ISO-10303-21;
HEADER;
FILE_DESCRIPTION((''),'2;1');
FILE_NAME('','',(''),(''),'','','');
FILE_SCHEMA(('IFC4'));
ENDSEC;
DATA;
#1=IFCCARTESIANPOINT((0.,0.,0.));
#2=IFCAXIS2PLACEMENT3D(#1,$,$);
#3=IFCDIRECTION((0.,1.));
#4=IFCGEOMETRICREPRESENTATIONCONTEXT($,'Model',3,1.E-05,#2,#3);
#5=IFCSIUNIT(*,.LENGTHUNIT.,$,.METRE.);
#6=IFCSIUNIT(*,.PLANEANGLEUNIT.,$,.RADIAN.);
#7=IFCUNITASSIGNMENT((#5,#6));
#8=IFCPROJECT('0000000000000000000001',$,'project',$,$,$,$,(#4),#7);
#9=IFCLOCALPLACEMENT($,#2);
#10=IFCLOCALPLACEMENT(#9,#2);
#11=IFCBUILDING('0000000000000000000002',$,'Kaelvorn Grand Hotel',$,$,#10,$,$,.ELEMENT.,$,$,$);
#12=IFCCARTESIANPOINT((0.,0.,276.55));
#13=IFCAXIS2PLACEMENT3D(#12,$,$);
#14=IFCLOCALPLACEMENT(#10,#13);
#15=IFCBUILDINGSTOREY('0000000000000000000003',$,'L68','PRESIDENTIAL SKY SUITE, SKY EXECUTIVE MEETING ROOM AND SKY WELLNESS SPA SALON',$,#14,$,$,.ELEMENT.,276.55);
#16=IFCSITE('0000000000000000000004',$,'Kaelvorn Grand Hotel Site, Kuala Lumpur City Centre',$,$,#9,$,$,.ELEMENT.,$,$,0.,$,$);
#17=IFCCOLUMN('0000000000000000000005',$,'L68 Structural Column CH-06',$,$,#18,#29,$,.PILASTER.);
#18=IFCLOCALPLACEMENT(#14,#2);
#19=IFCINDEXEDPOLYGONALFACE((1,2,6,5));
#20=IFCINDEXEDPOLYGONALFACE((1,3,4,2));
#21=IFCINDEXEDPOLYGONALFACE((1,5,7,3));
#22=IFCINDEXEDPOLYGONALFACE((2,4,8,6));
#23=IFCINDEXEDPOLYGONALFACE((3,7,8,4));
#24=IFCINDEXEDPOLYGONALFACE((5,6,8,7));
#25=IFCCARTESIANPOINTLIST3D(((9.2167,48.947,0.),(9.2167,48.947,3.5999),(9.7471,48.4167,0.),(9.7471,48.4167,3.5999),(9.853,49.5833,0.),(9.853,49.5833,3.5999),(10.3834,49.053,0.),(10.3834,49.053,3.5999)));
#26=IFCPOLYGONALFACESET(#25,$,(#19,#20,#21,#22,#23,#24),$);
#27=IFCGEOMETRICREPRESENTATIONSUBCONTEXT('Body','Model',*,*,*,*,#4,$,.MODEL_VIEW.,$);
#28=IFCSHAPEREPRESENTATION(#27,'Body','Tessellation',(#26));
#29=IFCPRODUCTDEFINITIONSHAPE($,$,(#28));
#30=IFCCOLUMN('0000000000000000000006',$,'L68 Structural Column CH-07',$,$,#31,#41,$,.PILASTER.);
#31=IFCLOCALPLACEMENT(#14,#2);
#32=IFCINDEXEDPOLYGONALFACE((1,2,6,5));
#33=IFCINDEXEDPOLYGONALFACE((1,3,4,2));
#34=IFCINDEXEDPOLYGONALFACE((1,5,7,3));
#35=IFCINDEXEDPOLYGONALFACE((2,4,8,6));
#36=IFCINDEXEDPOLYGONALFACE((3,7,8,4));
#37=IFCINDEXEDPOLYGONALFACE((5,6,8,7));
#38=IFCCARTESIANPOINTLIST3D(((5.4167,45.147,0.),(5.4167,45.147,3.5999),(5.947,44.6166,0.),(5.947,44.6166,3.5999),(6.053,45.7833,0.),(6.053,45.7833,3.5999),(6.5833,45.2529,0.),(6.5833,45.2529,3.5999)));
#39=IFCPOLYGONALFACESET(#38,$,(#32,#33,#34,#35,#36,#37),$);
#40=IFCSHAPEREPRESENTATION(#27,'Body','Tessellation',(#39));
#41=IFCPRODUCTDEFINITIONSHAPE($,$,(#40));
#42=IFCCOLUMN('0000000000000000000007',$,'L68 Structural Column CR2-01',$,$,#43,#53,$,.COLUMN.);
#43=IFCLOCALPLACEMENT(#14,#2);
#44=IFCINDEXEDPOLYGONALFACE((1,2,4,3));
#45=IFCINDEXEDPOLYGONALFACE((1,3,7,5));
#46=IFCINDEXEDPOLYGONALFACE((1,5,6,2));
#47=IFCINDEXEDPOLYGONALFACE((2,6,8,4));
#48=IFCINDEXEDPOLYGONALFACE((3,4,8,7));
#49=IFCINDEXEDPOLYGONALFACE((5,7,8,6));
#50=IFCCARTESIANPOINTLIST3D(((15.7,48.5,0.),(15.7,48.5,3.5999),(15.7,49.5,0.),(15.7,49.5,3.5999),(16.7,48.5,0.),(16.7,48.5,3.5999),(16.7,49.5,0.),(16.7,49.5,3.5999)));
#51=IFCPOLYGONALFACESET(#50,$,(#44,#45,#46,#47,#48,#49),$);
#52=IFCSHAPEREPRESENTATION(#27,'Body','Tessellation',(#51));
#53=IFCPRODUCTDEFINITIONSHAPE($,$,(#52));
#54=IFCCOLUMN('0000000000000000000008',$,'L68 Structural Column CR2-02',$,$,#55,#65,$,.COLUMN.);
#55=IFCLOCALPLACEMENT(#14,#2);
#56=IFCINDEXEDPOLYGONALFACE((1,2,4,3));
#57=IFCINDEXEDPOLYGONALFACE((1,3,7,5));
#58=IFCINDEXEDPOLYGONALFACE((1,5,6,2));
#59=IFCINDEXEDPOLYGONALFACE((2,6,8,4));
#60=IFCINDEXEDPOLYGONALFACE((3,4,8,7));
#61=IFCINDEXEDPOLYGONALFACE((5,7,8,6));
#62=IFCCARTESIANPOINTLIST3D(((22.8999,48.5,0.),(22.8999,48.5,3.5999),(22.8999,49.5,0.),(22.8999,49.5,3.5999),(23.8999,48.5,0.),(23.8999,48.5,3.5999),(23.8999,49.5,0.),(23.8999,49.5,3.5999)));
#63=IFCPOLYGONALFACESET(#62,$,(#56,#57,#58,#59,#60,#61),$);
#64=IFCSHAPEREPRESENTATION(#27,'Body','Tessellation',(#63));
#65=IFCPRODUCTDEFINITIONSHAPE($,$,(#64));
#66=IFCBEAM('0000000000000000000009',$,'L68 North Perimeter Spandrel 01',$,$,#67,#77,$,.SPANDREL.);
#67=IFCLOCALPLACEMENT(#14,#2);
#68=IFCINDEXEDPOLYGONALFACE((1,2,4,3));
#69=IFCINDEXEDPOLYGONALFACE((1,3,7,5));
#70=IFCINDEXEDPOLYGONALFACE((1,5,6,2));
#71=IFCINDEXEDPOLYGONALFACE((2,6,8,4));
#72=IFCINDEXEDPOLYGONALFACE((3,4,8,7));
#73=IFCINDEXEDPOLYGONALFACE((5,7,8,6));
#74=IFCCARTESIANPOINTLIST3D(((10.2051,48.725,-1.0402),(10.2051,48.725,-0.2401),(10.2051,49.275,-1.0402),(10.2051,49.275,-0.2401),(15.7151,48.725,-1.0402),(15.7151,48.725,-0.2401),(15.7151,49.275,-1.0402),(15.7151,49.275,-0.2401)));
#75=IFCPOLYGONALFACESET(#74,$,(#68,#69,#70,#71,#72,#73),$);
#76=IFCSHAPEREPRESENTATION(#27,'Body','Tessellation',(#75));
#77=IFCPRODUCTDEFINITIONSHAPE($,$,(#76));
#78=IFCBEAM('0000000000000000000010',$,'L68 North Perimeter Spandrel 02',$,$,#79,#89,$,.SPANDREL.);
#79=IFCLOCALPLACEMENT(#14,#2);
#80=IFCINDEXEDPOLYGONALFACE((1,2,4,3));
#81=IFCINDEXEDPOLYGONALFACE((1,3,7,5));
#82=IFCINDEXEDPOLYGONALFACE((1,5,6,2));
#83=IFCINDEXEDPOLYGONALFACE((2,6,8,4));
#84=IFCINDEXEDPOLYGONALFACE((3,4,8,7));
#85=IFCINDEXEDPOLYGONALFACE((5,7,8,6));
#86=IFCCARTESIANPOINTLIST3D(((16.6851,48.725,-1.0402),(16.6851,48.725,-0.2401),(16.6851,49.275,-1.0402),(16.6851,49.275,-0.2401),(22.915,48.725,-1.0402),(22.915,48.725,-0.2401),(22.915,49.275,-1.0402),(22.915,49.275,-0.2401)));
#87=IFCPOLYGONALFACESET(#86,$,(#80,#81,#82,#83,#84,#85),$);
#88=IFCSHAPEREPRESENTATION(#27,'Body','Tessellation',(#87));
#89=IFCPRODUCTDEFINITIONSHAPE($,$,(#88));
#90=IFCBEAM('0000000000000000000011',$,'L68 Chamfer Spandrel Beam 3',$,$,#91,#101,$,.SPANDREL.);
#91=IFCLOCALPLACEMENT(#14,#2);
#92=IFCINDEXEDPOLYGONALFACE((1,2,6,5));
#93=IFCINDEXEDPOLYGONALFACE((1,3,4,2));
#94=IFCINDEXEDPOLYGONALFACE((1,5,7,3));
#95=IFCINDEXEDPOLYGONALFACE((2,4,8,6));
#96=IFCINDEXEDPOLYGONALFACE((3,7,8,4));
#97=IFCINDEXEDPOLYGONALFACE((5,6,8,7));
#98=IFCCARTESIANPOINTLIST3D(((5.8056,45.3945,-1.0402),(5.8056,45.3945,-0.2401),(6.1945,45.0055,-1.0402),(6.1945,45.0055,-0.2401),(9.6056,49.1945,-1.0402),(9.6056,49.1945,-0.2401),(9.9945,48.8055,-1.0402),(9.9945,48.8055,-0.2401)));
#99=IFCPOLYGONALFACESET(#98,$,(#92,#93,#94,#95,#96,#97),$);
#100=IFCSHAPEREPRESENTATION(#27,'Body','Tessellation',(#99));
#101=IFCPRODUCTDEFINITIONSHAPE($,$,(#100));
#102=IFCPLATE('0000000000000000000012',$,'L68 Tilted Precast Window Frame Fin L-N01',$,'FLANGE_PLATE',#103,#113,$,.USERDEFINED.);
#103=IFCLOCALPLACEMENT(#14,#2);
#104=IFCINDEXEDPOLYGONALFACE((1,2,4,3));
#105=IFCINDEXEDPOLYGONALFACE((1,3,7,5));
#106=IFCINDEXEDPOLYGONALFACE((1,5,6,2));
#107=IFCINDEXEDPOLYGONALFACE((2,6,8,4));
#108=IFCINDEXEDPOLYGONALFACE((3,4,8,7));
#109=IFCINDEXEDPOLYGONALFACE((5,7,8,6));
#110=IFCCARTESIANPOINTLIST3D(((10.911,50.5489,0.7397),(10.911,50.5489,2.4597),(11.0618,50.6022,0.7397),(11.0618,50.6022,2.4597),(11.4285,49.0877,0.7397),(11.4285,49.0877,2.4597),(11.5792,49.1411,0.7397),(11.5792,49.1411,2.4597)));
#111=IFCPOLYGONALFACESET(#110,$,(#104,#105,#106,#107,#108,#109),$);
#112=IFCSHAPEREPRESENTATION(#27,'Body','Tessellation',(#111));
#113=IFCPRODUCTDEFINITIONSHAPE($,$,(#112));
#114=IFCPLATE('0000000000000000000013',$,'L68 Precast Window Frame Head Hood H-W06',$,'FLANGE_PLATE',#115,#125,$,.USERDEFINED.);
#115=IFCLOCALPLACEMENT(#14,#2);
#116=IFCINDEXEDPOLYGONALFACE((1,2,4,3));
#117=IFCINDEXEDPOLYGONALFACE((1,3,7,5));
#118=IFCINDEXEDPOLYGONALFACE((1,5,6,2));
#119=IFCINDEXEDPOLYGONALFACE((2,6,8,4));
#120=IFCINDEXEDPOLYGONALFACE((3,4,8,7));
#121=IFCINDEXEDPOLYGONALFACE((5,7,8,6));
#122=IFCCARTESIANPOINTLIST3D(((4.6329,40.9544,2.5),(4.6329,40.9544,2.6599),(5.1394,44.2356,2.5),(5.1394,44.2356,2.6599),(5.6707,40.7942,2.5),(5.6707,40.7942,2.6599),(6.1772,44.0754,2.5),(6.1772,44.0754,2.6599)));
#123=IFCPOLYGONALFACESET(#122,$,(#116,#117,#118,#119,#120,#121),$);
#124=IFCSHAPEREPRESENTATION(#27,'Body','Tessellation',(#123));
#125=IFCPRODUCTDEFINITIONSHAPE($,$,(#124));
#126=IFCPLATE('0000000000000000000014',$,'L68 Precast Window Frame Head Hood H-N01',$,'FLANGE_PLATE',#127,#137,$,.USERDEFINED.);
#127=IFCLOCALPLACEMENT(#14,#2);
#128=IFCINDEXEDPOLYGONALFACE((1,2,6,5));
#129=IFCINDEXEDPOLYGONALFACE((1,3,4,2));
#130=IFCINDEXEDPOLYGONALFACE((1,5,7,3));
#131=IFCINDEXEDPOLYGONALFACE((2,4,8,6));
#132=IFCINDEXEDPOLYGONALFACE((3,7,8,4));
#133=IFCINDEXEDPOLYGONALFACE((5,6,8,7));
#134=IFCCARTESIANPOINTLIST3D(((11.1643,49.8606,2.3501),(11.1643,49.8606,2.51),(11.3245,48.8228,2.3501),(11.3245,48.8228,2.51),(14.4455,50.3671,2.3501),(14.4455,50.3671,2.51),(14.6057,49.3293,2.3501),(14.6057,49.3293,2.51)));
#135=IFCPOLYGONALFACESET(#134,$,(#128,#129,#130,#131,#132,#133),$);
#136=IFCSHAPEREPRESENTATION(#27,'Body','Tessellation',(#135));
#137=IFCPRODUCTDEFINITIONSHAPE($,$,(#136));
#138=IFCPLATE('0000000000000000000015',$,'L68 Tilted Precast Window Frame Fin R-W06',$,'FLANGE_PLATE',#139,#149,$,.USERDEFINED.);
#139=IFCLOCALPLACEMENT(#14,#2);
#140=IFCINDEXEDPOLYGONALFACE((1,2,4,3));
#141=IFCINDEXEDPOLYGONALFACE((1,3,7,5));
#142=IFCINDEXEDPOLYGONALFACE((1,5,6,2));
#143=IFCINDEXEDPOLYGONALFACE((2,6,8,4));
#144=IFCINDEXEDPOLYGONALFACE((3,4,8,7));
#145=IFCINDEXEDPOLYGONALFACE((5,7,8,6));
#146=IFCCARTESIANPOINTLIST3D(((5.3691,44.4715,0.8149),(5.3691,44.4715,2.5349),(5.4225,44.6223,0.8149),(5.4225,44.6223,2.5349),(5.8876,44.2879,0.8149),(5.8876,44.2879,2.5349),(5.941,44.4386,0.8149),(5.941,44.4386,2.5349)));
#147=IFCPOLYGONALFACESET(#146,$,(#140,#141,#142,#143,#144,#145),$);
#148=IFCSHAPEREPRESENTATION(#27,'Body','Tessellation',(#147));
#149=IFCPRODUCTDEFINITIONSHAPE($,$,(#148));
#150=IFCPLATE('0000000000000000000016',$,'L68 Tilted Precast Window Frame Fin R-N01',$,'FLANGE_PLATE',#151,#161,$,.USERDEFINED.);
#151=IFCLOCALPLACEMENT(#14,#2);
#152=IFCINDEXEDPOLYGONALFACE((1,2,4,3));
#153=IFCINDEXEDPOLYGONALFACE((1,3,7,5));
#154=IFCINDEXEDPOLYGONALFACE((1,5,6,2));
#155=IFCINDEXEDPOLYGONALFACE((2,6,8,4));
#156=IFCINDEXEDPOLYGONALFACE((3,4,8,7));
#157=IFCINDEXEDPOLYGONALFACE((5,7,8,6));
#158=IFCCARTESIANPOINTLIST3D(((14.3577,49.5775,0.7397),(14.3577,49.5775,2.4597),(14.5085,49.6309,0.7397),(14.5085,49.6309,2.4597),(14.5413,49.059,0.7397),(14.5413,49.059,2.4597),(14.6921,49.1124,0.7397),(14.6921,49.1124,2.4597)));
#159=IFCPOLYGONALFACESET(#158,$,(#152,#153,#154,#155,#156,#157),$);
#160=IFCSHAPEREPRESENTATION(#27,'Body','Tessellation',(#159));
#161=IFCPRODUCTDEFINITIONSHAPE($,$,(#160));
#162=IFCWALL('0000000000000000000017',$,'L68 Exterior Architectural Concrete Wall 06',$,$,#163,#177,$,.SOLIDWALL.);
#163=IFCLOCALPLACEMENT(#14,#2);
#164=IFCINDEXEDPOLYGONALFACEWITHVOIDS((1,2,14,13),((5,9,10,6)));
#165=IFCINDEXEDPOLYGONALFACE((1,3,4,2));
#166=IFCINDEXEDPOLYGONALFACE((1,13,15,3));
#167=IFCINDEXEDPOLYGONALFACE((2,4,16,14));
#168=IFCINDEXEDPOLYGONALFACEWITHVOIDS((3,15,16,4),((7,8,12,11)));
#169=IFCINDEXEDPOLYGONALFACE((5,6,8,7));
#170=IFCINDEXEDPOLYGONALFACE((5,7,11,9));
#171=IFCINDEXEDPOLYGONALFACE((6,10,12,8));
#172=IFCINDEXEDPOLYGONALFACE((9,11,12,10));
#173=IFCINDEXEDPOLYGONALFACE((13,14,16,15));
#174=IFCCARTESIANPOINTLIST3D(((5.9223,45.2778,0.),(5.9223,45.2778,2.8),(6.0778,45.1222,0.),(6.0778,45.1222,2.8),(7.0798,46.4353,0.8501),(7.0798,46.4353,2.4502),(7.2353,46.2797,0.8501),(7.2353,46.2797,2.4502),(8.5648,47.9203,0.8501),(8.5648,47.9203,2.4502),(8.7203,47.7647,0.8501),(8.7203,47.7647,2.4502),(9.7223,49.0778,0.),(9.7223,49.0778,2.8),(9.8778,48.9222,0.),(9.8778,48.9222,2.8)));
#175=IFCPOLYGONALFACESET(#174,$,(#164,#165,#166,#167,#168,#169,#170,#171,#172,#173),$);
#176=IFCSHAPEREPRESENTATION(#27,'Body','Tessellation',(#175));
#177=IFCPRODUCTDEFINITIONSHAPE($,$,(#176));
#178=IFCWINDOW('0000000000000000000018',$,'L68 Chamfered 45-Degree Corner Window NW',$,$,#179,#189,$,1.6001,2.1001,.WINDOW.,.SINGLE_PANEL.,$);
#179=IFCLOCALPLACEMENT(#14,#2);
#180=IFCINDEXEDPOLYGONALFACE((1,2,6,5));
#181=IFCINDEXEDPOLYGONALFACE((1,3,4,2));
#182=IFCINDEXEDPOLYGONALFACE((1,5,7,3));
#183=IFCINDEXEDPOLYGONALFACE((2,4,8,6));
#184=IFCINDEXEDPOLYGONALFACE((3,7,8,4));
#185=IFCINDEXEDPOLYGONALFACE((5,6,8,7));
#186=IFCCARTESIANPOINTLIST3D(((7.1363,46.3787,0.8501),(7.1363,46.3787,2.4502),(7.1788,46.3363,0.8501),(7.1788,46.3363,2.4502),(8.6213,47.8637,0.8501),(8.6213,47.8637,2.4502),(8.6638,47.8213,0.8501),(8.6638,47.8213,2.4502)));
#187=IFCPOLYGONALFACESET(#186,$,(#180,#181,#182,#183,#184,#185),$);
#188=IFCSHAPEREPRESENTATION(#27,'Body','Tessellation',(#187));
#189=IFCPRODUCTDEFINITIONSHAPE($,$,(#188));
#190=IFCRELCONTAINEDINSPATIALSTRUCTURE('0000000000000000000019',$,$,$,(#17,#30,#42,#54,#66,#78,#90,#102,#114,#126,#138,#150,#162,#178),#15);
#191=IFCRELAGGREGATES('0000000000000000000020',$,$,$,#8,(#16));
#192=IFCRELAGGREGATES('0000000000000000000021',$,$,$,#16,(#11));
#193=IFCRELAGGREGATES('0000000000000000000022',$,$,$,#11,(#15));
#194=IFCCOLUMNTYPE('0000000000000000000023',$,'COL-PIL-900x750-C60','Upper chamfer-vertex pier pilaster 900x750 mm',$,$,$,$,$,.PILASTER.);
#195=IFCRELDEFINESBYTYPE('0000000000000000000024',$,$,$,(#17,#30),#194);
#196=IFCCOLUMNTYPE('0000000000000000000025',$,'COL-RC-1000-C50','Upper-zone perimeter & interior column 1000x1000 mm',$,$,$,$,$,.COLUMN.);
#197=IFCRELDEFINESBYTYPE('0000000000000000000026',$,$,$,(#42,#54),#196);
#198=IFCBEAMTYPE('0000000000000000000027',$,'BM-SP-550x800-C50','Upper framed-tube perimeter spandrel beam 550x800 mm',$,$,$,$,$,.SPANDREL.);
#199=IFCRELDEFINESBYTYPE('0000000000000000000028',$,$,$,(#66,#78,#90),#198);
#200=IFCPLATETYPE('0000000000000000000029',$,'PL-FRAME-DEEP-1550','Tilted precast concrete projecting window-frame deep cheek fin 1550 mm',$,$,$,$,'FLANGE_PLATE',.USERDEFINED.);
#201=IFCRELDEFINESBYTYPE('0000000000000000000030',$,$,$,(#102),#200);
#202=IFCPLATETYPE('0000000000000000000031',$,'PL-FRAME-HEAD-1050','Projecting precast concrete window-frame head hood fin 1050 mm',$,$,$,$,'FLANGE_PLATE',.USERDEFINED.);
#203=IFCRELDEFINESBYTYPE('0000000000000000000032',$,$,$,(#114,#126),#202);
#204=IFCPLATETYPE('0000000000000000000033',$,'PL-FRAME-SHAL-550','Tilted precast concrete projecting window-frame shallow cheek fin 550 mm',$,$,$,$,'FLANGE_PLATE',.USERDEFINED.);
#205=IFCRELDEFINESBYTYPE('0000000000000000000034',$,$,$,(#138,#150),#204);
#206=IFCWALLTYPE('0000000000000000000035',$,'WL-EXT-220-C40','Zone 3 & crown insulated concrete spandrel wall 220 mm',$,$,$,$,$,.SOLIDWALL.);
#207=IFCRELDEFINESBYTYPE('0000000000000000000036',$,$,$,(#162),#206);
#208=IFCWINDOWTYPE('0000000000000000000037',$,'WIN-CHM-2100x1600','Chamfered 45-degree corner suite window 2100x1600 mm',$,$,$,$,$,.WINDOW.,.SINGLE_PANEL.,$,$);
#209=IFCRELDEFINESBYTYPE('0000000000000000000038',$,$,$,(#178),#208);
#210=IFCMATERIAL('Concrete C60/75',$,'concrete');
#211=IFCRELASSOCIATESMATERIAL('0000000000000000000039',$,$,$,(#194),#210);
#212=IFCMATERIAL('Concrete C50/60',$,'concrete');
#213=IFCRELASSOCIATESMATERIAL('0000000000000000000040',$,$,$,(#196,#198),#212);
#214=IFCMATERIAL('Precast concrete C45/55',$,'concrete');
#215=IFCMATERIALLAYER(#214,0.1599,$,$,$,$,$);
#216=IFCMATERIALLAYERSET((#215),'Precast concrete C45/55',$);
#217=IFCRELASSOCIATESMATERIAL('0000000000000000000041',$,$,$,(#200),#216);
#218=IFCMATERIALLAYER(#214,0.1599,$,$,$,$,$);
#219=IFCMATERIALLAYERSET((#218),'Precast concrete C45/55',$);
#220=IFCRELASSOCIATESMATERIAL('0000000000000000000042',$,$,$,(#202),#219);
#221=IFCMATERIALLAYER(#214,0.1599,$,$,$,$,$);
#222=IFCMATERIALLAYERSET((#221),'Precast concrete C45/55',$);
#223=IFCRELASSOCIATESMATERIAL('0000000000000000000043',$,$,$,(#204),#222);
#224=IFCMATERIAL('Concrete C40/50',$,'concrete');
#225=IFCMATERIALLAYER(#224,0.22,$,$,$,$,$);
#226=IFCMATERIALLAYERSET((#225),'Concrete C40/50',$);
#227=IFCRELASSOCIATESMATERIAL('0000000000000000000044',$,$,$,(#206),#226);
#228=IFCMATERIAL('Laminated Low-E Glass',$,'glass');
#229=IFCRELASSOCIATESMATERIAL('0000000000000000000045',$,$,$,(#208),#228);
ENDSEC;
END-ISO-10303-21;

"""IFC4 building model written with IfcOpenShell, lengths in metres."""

from ifc_helpers import new_model, si_unit, direction, frame, frame_2d, origin, origin_2d, place, context, subcontext, project, spatial, rectangle, extrude, material, layer, layer_set, material_profile, profile_set, type_object, element, fill, save


model = new_model("IFC4")

# Units and contexts
model_context = context("Model", 3, precision=1e-05, world=origin(), true_north=direction((0.0, 1.0)))
body_context = subcontext(model_context, "Body", "Model", "MODEL_VIEW")
ifc_project = project(units=[si_unit("LENGTHUNIT", "METRE"), si_unit("PLANEANGLEUNIT", "RADIAN")], contexts=[model_context])

# Site, building, storey
site_placement = place(None, origin())
site = spatial("IfcSite", under=ifc_project, at=site_placement, Name="Kaelvorn Grand Hotel Site, Kuala Lumpur City Centre", CompositionType="ELEMENT", RefElevation=0.0)
building_placement = place(site_placement, origin())
building = spatial("IfcBuilding", under=site, at=building_placement, Name="Kaelvorn Grand Hotel", CompositionType="ELEMENT")
storey_placement = place(building_placement, frame((0.0, 0.0, 276.55)))
storey = spatial("IfcBuildingStorey", under=building, at=storey_placement, Name="L68", Description="PRESIDENTIAL SKY SUITE, SKY EXECUTIVE MEETING ROOM AND SKY WELLNESS SPA SALON", CompositionType="ELEMENT", Elevation=276.55)

# Columns
ifc_material_1 = material(Name="Concrete C60/75", Category="concrete")
ifc_material_profile_1 = material_profile(ifc_material_1, rectangle(XDim=0.8999, YDim=0.75, at=origin_2d()), Name="RC PILASTER 900x750")
ifc_profile_set_1 = profile_set([ifc_material_profile_1], Name="Concrete C60/75")
column_type_1 = type_object("IfcColumnType", Name="COL-PIL-900x750-C60", Description="Upper chamfer-vertex pier pilaster 900x750 mm", PredefinedType="PILASTER", material=ifc_profile_set_1)
for number, where, z_axis, x_axis, name in (
    (1, (9.8, 49.0, 0.0), (0.0, 0.0, 1.0), (0.707107, 0.707107, 0.0), "L68 Structural Column CH-06"),
    (2, (6.0, 45.2, 0.0), (0.0, 0.0, 1.0), (0.707107, 0.707107, 0.0), "L68 Structural Column CH-07"),
):
    element("IfcColumn", number, at=place(storey_placement, frame(where, z_axis=z_axis, x_axis=x_axis)), inside=storey, type_object=column_type_1, Name=name, PredefinedType="PILASTER", context=body_context, shape_type="SweptSolid", body=[
        extrude(rectangle(XDim=0.8999, YDim=0.75, at=origin_2d()), origin(), (0.0, 0.0, 1.0), 3.5999),
    ])
ifc_material_2 = material(Name="Concrete C50/60", Category="concrete")
ifc_material_profile_2 = material_profile(ifc_material_2, rectangle(XDim=1.0, YDim=1.0, at=origin_2d()), Name="RC COL 1000x1000")
ifc_profile_set_2 = profile_set([ifc_material_profile_2], Name="Concrete C50/60")
column_type_2 = type_object("IfcColumnType", Name="COL-RC-1000-C50", Description="Upper-zone perimeter & interior column 1000x1000 mm", PredefinedType="COLUMN", material=ifc_profile_set_2)
for number, where, z_axis, x_axis, name in (
    (3, (16.2, 49.0, 0.0), (0.0, 0.0, 1.0), (1.0, 0.0, 0.0), "L68 Structural Column CR2-01"),
    (4, (23.3999, 49.0, 0.0), (0.0, 0.0, 1.0), (1.0, 0.0, 0.0), "L68 Structural Column CR2-02"),
):
    element("IfcColumn", number, at=place(storey_placement, frame(where, z_axis=z_axis, x_axis=x_axis)), inside=storey, type_object=column_type_2, Name=name, PredefinedType="COLUMN", context=body_context, shape_type="SweptSolid", body=[
        extrude(rectangle(XDim=1.0, YDim=1.0, at=origin_2d()), origin(), (0.0, 0.0, 1.0), 3.5999),
    ])

# Beams
ifc_material_profile_3 = material_profile(ifc_material_2, rectangle(XDim=0.55, YDim=0.8, at=origin_2d()), Name="RC SPANDREL 550x800")
ifc_profile_set_3 = profile_set([ifc_material_profile_3], Name="Concrete C50/60")
beam_type = type_object("IfcBeamType", Name="BM-SP-550x800-C50", Description="Upper framed-tube perimeter spandrel beam 550x800 mm", PredefinedType="SPANDREL", material=ifc_profile_set_3)
beam_1_placement = place(storey_placement, frame((10.2051, 49.0, -0.6401), z_axis=(1.0, 0.0, 0.0), x_axis=(0.0, 1.0, 0.0)))
element("IfcBeam", 5, at=beam_1_placement, inside=storey, type_object=beam_type, Name="L68 North Perimeter Spandrel 01", PredefinedType="SPANDREL", context=body_context, shape_type="SweptSolid", body=[
    extrude(rectangle(XDim=0.55, YDim=0.8, at=origin_2d()), origin(), (0.0, 0.0, 1.0), 5.51),
])
beam_2_placement = place(storey_placement, frame((16.6851, 49.0, -0.6401), z_axis=(1.0, 0.0, 0.0), x_axis=(0.0, 1.0, 0.0)))
element("IfcBeam", 6, at=beam_2_placement, inside=storey, type_object=beam_type, Name="L68 North Perimeter Spandrel 02", PredefinedType="SPANDREL", context=body_context, shape_type="SweptSolid", body=[
    extrude(rectangle(XDim=0.55, YDim=0.8, at=origin_2d()), origin(), (0.0, 0.0, 1.0), 6.23),
])
beam_3_placement = place(storey_placement, frame((9.8, 49.0, -0.6401), z_axis=(-0.707107, -0.707107, 0.0), x_axis=(0.707107, -0.707107, 0.0)))
element("IfcBeam", 7, at=beam_3_placement, inside=storey, type_object=beam_type, Name="L68 Chamfer Spandrel Beam 3", PredefinedType="SPANDREL", context=body_context, shape_type="SweptSolid", body=[
    extrude(rectangle(XDim=0.55, YDim=0.8, at=origin_2d()), origin(), (0.0, 0.0, 1.0), 5.374),
])

# Plates
ifc_material_3 = material(Name="Precast concrete C45/55", Category="concrete")
ifc_layer_1 = layer(ifc_material_3, 0.1599)
ifc_layer_set_1 = layer_set([ifc_layer_1], Name="Precast concrete C45/55")
plate_type_1 = type_object("IfcPlateType", Name="PL-FRAME-DEEP-1550", Description="Tilted precast concrete projecting window-frame deep cheek fin 1550 mm", ElementType="FLANGE_PLATE", PredefinedType="USERDEFINED", material=ifc_layer_set_1)
plate_placement = place(storey_placement, frame((11.2451, 49.845, 0.7397), z_axis=(0.0, 0.0, 1.0), x_axis=(0.942641, 0.333807, 0.0)))
element("IfcPlate", 8, at=plate_placement, inside=storey, type_object=plate_type_1, Name="L68 Tilted Precast Window Frame Fin L-N01", ObjectType="FLANGE_PLATE", PredefinedType="USERDEFINED", context=body_context, shape_type="SweptSolid", body=[
    extrude(rectangle(XDim=0.1599, YDim=1.55, at=origin_2d()), origin(), (0.0, 0.0, 1.0), 1.72),
])
ifc_layer_2 = layer(ifc_material_3, 0.1599)
ifc_layer_set_2 = layer_set([ifc_layer_2], Name="Precast concrete C45/55")
plate_type_2 = type_object("IfcPlateType", Name="PL-FRAME-HEAD-1050", Description="Projecting precast concrete window-frame head hood fin 1050 mm", ElementType="FLANGE_PLATE", PredefinedType="USERDEFINED", material=ifc_layer_set_2)
for number, where, z_axis, x_axis, name in (
    (9, (5.405, 42.5149, 2.5), (0.0, 0.0, 1.0), (0.152555, 0.988295, 0.0), "L68 Precast Window Frame Head Hood H-W06"),
    (10, (12.885, 49.595, 2.3501), (0.0, 0.0, 1.0), (0.988295, 0.152555, 0.0), "L68 Precast Window Frame Head Hood H-N01"),
):
    element("IfcPlate", number, at=place(storey_placement, frame(where, z_axis=z_axis, x_axis=x_axis)), inside=storey, type_object=plate_type_2, Name=name, ObjectType="FLANGE_PLATE", PredefinedType="USERDEFINED", context=body_context, shape_type="SweptSolid", body=[
        extrude(rectangle(XDim=3.3201, YDim=1.05, at=origin_2d()), origin(), (0.0, 0.0, 1.0), 0.1599),
    ])
ifc_layer_3 = layer(ifc_material_3, 0.1599)
ifc_layer_set_3 = layer_set([ifc_layer_3], Name="Precast concrete C45/55")
plate_type_3 = type_object("IfcPlateType", Name="PL-FRAME-SHAL-550", Description="Tilted precast concrete projecting window-frame shallow cheek fin 550 mm", ElementType="FLANGE_PLATE", PredefinedType="USERDEFINED", material=ifc_layer_set_3)
for number, where, z_axis, x_axis, name in (
    (11, (5.655, 44.4551, 0.8149), (0.0, 0.0, 1.0), (0.333807, 0.942641, 0.0), "L68 Tilted Precast Window Frame Fin R-W06"),
    (12, (14.5249, 49.345, 0.7397), (0.0, 0.0, 1.0), (0.942641, 0.333807, 0.0), "L68 Tilted Precast Window Frame Fin R-N01"),
):
    element("IfcPlate", number, at=place(storey_placement, frame(where, z_axis=z_axis, x_axis=x_axis)), inside=storey, type_object=plate_type_3, Name=name, ObjectType="FLANGE_PLATE", PredefinedType="USERDEFINED", context=body_context, shape_type="SweptSolid", body=[
        extrude(rectangle(XDim=0.1599, YDim=0.55, at=origin_2d()), origin(), (0.0, 0.0, 1.0), 1.72),
    ])

# Wall, opening, window
ifc_material_4 = material(Name="Concrete C40/50", Category="concrete")
ifc_layer_4 = layer(ifc_material_4, 0.22)
ifc_layer_set_4 = layer_set([ifc_layer_4], Name="Concrete C40/50")
wall_type_1 = type_object("IfcWallType", Name="WL-EXT-220-C40", Description="Zone 3 & crown insulated concrete spandrel wall 220 mm", PredefinedType="SOLIDWALL", material=ifc_layer_set_4)
wall_1_placement = place(storey_placement, frame((9.8, 49.0, 0.0), z_axis=(0.0, 0.0, 1.0), x_axis=(-0.707107, -0.707107, 0.0)))
wall_1 = element("IfcWall", 13, at=wall_1_placement, inside=storey, type_object=wall_type_1, Name="L68 Exterior Architectural Concrete Wall 06", PredefinedType="SOLIDWALL", context=body_context, shape_type="SweptSolid", body=[
    extrude(rectangle(XDim=5.374, YDim=0.22, at=frame_2d((2.687, 0.0))), origin(), (0.0, 0.0, 1.0), 2.8),
])
opening_1_placement = place(wall_1_placement, frame((1.637, 0.0, 0.8501)))
opening_1 = element("IfcOpeningElement", 14, at=opening_1_placement, cuts=wall_1, PredefinedType="OPENING", context=body_context, shape_type="SweptSolid", body=[
    extrude(rectangle(XDim=2.1001, YDim=1.6001, at=frame_2d((1.05, 0.8))), frame((0.0, 0.1201, 0.0), z_axis=(0.0, -1.0, 0.0), x_axis=(1.0, 0.0, 0.0)), (0.0, 0.0, 1.0), 0.24),
])
ifc_material_5 = material(Name="Laminated Low-E Glass", Category="glass")
window_type_1 = type_object("IfcWindowType", Name="WIN-CHM-2100x1600", Description="Chamfered 45-degree corner suite window 2100x1600 mm", PartitioningType="SINGLE_PANEL", PredefinedType="WINDOW", material=ifc_material_5)
window_1_placement = place(opening_1_placement, origin())
window_1 = element("IfcWindow", 15, at=window_1_placement, inside=storey, type_object=window_type_1, Name="L68 Chamfered 45-Degree Corner Window NW", OverallHeight=1.6001, OverallWidth=2.1001, PartitioningType="SINGLE_PANEL", PredefinedType="WINDOW", context=body_context, shape_type="SweptSolid", body=[
    extrude(rectangle(XDim=2.1001, YDim=1.6001, at=frame_2d((1.05, 0.8))), frame((0.0, 0.03, 0.0), z_axis=(0.0, -1.0, 0.0), x_axis=(1.0, 0.0, 0.0)), (0.0, 0.0, 1.0), 0.0601),
])
fill(opening_1, window_1)

save(model, "model.ifc")
